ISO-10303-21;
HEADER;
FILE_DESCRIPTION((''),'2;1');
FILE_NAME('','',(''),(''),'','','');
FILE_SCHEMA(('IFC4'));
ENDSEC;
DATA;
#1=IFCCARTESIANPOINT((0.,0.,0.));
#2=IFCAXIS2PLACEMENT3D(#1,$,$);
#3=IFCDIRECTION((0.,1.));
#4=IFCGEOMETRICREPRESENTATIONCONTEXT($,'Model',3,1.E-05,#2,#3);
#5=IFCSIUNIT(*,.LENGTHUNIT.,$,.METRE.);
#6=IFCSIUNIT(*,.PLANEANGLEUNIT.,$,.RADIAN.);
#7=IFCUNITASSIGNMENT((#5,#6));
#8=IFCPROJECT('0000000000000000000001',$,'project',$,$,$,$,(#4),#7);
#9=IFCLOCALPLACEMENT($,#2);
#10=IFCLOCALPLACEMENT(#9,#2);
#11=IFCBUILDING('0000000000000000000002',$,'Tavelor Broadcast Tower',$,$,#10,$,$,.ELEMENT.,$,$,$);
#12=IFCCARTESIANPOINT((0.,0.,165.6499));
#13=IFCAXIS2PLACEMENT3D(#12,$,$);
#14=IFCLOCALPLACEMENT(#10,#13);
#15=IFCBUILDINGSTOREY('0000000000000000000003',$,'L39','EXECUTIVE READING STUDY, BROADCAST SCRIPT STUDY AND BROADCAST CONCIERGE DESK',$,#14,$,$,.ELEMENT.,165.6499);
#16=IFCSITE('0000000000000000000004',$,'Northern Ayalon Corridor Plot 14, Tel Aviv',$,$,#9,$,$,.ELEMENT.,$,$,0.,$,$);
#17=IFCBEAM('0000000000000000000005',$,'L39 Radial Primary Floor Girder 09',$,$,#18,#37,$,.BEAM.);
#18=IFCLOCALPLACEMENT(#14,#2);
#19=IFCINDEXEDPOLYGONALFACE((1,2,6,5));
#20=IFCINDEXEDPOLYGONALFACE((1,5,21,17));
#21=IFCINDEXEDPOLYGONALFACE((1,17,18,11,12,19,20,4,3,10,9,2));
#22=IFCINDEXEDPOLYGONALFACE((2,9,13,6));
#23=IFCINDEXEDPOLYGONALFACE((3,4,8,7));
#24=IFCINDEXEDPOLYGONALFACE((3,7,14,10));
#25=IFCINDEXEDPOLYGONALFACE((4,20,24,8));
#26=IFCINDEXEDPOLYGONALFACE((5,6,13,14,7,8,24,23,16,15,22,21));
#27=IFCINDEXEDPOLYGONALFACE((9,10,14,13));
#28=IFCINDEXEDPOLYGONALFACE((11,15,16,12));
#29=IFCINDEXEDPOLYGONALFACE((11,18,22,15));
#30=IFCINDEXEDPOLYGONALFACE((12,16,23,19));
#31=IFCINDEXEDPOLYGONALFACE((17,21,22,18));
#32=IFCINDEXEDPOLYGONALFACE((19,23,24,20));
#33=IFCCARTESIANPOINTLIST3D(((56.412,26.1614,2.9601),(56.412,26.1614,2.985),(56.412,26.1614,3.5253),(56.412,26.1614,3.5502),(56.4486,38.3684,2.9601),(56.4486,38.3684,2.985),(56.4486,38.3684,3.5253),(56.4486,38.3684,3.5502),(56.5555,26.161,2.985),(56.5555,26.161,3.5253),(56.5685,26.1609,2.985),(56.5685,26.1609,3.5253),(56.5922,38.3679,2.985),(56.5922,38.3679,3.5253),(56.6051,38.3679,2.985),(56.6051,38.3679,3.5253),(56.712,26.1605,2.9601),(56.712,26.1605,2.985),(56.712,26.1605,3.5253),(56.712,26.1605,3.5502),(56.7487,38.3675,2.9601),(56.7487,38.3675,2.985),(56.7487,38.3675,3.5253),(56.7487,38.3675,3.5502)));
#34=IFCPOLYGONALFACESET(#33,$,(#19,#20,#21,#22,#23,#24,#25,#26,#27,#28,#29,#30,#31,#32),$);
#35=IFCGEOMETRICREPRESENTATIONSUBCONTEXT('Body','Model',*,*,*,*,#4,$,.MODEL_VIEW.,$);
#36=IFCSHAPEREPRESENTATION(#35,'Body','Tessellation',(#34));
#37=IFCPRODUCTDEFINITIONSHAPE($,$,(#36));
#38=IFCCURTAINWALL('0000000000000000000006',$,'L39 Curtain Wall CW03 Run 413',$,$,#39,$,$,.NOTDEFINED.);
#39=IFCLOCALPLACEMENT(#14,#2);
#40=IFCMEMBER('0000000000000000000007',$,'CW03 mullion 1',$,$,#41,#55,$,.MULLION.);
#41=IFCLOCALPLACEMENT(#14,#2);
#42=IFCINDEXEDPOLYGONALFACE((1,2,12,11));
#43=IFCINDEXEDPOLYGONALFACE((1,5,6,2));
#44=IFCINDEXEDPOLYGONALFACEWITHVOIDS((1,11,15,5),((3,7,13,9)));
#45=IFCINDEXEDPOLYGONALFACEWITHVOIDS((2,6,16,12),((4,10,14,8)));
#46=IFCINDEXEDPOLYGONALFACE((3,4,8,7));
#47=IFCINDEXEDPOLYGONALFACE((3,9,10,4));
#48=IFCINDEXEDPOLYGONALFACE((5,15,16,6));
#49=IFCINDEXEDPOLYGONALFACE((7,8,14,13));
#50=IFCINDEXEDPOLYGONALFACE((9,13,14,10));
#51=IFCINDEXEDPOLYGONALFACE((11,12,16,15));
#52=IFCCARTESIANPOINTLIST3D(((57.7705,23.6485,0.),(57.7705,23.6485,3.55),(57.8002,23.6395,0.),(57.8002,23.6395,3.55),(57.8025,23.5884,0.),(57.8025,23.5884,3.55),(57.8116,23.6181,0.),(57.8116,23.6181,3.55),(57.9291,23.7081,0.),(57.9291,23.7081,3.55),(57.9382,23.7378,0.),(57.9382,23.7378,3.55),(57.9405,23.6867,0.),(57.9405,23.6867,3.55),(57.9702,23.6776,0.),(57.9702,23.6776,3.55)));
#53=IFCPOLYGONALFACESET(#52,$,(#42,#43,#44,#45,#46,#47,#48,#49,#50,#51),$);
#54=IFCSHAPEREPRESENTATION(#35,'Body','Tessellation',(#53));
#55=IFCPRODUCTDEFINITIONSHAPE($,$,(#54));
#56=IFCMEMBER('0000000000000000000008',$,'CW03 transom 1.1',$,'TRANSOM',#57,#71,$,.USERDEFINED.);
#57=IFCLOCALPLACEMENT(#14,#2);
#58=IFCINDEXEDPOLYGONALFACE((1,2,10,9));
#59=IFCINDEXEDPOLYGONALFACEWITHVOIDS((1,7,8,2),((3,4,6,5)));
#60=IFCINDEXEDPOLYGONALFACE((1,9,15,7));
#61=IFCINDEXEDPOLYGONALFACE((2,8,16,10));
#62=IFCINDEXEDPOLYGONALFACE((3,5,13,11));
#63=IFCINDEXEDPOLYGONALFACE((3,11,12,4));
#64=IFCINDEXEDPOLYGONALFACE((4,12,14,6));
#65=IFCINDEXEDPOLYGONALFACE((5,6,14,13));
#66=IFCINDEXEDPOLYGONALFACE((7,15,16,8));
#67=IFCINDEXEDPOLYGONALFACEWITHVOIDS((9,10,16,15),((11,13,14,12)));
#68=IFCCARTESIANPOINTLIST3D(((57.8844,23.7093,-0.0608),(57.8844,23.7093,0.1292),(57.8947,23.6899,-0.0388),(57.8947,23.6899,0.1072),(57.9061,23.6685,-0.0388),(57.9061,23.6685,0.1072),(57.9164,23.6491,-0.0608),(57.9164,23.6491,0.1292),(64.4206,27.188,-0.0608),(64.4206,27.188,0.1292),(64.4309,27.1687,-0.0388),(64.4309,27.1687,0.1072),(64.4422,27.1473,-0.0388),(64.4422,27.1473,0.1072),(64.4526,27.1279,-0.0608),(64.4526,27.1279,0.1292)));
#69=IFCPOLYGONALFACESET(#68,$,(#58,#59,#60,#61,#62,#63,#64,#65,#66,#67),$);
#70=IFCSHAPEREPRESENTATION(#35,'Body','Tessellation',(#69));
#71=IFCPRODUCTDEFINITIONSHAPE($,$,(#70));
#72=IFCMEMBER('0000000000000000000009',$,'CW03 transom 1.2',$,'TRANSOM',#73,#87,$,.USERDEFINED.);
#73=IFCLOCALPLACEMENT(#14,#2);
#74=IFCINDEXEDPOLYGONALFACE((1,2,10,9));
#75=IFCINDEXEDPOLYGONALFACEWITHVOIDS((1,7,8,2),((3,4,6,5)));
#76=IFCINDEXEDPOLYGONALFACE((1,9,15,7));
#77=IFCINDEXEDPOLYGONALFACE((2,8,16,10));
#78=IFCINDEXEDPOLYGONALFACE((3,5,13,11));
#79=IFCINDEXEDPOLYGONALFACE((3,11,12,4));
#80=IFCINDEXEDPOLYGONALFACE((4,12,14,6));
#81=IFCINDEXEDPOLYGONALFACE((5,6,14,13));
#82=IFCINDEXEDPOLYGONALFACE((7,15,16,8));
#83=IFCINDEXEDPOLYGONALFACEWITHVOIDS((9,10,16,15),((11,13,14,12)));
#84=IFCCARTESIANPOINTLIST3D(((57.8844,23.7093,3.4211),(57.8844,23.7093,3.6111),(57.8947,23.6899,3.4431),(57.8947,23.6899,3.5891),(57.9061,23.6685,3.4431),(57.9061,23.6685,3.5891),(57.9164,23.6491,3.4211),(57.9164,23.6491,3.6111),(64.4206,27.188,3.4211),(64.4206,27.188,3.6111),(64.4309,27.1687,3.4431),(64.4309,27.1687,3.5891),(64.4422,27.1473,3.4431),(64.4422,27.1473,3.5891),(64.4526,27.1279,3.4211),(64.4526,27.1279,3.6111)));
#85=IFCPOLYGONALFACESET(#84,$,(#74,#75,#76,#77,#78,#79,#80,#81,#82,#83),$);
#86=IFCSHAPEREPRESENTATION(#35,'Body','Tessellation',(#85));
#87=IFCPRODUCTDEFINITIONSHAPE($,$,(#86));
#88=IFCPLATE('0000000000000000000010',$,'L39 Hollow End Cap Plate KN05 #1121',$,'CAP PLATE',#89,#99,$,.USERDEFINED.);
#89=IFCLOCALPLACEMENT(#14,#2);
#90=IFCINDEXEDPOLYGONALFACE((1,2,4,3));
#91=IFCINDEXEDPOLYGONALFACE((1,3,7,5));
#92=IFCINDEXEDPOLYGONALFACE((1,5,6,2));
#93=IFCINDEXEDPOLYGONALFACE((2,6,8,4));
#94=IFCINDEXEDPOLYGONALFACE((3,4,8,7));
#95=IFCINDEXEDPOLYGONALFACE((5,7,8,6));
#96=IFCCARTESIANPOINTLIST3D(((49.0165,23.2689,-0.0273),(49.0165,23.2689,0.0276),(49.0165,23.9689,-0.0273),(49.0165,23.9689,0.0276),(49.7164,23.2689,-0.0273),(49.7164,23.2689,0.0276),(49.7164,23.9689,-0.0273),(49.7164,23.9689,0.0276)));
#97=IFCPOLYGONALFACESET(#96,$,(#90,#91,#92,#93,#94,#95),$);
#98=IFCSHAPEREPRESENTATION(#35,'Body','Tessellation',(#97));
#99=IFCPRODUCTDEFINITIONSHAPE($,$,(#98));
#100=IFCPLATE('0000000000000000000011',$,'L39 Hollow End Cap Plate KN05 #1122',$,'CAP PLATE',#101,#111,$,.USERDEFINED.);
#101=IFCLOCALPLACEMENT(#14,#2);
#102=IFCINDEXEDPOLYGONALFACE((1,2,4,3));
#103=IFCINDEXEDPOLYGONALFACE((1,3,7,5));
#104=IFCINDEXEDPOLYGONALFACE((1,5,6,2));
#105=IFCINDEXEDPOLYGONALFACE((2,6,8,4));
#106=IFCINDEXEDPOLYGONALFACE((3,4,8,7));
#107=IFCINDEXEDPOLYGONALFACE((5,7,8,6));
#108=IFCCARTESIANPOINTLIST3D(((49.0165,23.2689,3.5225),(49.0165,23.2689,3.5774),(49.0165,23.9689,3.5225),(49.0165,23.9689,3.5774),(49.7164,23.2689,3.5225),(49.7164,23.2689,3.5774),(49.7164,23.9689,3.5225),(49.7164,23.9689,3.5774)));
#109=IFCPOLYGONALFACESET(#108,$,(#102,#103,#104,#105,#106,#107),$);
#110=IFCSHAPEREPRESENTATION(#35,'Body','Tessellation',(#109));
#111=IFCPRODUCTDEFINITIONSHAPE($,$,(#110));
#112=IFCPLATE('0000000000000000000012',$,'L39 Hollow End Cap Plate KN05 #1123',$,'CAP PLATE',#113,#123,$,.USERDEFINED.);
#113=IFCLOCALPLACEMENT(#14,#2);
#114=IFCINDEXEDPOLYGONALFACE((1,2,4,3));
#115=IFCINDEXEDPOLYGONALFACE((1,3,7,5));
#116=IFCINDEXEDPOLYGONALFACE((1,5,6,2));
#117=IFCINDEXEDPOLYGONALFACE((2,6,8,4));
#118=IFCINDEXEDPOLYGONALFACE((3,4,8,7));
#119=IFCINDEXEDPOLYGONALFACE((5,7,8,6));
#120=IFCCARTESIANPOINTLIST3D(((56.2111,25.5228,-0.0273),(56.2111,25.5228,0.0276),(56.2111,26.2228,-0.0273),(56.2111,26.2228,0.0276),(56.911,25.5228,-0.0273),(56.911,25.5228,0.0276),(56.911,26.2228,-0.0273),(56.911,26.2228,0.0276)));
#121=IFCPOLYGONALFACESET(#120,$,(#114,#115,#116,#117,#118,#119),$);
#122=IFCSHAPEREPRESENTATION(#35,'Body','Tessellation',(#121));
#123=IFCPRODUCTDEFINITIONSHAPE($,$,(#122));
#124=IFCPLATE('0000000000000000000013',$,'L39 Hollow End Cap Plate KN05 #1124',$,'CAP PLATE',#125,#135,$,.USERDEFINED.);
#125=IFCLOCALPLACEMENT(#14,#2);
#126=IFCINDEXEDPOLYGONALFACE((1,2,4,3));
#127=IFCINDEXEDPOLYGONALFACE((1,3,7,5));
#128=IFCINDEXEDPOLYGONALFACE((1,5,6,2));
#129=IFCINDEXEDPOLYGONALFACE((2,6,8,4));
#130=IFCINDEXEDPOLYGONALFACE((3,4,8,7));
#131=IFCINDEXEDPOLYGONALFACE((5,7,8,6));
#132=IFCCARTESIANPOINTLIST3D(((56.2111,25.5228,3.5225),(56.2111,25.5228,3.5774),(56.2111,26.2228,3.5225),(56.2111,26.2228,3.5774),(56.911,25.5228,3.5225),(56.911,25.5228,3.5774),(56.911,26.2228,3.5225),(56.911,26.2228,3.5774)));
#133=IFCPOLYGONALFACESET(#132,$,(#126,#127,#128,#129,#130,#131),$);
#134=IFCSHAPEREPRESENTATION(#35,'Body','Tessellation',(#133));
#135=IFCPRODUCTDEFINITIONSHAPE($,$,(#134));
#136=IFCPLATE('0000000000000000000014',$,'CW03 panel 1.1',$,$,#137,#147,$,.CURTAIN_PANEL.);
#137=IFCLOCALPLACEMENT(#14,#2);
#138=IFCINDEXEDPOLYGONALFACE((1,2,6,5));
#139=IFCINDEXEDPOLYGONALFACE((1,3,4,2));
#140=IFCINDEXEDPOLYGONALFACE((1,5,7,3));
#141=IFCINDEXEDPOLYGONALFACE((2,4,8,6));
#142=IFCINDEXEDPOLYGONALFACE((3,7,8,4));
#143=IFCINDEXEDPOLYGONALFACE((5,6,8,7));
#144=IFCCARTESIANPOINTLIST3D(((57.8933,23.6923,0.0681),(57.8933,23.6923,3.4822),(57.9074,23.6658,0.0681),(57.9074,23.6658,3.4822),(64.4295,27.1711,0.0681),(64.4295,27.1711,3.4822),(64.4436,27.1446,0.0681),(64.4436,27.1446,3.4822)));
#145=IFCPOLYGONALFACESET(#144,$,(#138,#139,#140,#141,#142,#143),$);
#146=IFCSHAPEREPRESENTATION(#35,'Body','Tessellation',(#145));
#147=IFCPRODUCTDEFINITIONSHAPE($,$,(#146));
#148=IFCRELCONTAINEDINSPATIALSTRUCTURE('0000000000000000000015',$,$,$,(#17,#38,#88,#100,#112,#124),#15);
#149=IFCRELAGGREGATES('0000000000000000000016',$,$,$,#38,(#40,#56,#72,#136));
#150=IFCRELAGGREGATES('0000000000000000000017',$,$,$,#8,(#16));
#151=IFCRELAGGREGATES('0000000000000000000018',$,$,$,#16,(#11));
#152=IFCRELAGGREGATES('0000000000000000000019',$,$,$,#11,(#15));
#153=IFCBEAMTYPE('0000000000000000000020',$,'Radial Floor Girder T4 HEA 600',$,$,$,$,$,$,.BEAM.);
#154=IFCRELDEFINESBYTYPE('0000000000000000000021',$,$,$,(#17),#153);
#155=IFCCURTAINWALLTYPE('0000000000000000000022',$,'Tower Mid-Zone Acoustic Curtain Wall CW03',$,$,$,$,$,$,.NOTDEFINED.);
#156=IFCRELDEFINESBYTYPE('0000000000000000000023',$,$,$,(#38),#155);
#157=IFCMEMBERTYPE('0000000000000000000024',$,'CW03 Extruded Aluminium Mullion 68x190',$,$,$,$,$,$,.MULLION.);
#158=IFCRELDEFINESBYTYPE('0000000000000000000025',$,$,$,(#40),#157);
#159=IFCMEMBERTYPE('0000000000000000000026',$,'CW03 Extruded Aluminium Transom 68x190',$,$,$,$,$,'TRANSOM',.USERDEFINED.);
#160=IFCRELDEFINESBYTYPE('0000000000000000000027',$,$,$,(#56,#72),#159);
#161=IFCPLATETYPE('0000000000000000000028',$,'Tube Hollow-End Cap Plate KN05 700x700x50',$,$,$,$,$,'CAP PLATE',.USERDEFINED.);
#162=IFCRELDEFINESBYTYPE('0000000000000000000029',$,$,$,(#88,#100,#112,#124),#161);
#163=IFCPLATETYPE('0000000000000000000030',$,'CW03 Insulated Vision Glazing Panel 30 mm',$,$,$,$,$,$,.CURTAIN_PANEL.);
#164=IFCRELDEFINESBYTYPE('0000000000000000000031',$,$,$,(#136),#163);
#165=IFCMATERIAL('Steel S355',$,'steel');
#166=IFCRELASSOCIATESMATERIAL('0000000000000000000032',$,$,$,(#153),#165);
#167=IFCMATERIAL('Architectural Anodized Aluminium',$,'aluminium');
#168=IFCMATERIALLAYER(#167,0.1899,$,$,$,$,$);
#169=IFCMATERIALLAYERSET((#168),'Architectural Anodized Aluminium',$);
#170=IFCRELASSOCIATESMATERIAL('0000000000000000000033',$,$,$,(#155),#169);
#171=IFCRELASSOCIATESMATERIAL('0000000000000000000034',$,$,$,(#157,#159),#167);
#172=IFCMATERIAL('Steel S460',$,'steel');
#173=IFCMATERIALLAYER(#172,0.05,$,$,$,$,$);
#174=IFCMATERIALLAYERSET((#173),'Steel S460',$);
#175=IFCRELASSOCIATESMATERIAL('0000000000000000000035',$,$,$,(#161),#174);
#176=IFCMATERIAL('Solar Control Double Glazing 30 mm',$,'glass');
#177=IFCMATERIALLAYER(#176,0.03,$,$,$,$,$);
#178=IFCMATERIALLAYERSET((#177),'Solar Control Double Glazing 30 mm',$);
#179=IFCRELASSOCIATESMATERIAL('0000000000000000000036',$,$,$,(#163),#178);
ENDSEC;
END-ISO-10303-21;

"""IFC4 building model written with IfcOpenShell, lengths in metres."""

from ifc_helpers import new_model, si_unit, direction, frame, origin, origin_2d, place, context, subcontext, project, spatial, rectangle, hollow_rectangle, i_section, extrude, source, transform, mapped, material, layer, layer_set, material_profile, profile_set, type_object, type_shapes, element, aggregate, save


model = new_model("IFC4")

# Units and contexts
model_context = context("Model", 3, precision=1e-05, world=origin(), true_north=direction((0.0, 1.0)))
body_context = subcontext(model_context, "Body", "Model", "MODEL_VIEW")
ifc_project = project(units=[si_unit("LENGTHUNIT", "METRE"), si_unit("PLANEANGLEUNIT", "RADIAN")], contexts=[model_context])

# Site, building, storey
site_placement = place(None, origin())
site = spatial("IfcSite", under=ifc_project, at=site_placement, Name="Northern Ayalon Corridor Plot 14, Tel Aviv", CompositionType="ELEMENT", RefElevation=0.0)
building_placement = place(site_placement, origin())
building = spatial("IfcBuilding", under=site, at=building_placement, Name="Tavelor Broadcast Tower", CompositionType="ELEMENT")
storey_placement = place(building_placement, frame((0.0, 0.0, 165.6499)))
storey = spatial("IfcBuildingStorey", under=building, at=storey_placement, Name="L39", Description="EXECUTIVE READING STUDY, BROADCAST SCRIPT STUDY AND BROADCAST CONCIERGE DESK", CompositionType="ELEMENT", Elevation=165.6499)

# Shared definitions
ifc_material_1 = material(Name="Steel S460", Category="steel")

# Shared definitions
ifc_material_2 = material(Name="Steel S355", Category="steel")

# Beam
ifc_material_profile_1 = material_profile(ifc_material_2, i_section(OverallWidth=0.3, OverallDepth=0.5901, WebThickness=0.0129, FlangeThickness=0.0249, at=origin_2d()), Name="HEA 600")
ifc_profile_set_1 = profile_set([ifc_material_profile_1], Name="Steel S355")
beam_type_1 = type_object("IfcBeamType", Name="Radial Floor Girder T4 HEA 600", PredefinedType="BEAM", material=ifc_profile_set_1)
beam_1_placement = place(storey_placement, frame((56.5986, 38.3679, 3.2551), z_axis=(-0.003, -0.999996, 0.0), x_axis=(0.999996, -0.003, 0.0)))
element("IfcBeam", 1, at=beam_1_placement, inside=storey, type_object=beam_type_1, Name="L39 Radial Primary Floor Girder 09", PredefinedType="BEAM", context=body_context, shape_type="SweptSolid", body=[
    extrude(i_section(OverallWidth=0.3, OverallDepth=0.5901, WebThickness=0.0129, FlangeThickness=0.0249, at=origin_2d()), origin(), (0.0, 0.0, 1.0), 12.207),
])

# Curtain wall, members
ifc_material_3 = material(Name="Architectural Anodized Aluminium", Category="aluminium")
ifc_layer_1 = layer(ifc_material_3, 0.1899)
ifc_layer_set_1 = layer_set([ifc_layer_1], Name="Architectural Anodized Aluminium")
curtain_wall_type = type_object("IfcCurtainWallType", Name="Tower Mid-Zone Acoustic Curtain Wall CW03", PredefinedType="NOTDEFINED", material=ifc_layer_set_1)
curtain_wall_placement = place(storey_placement, origin())
curtain_wall = element("IfcCurtainWall", 2, at=curtain_wall_placement, inside=storey, type_object=curtain_wall_type, Name="L39 Curtain Wall CW03 Run 413", PredefinedType="NOTDEFINED")
ifc_material_profile_2 = material_profile(ifc_material_3, hollow_rectangle(XDim=0.0681, YDim=0.1899, WallThickness=0.022, at=origin_2d()), Name="RHS 68x190x22")
ifc_profile_set_2 = profile_set([ifc_material_profile_2], Name="Architectural Anodized Aluminium")
member_type_1 = type_object("IfcMemberType", Name="CW03 Extruded Aluminium Mullion 68x190", PredefinedType="MULLION", material=ifc_profile_set_2)
shared_shape_1 = source(origin(), body_context, "Body", "SweptSolid", [
    extrude(hollow_rectangle(XDim=0.0681, YDim=0.1899, WallThickness=0.022, at=origin_2d()), origin(), (0.0, 0.0, 1.0), 3.55),
])
type_shapes(member_type_1, [shared_shape_1])
member_1_placement = place(storey_placement, frame((57.8704, 23.6631, 0.0), z_axis=(0.0, 0.0, 1.0), x_axis=(-0.469837, 0.882753, 0.0)))
member_1 = element("IfcMember", 3, at=member_1_placement, type_object=member_type_1, Name="CW03 mullion 1", PredefinedType="MULLION", context=body_context, shape_type="MappedRepresentation", body=[
    mapped(shared_shape_1, transform((0.0, 0.0, 0.0), scale=1.0)),
])
ifc_material_profile_3 = material_profile(ifc_material_3, hollow_rectangle(XDim=0.0681, YDim=0.1899, WallThickness=0.022, at=origin_2d()), Name="RHS 68x190x22")
ifc_profile_set_3 = profile_set([ifc_material_profile_3], Name="Architectural Anodized Aluminium")
member_type_2 = type_object("IfcMemberType", Name="CW03 Extruded Aluminium Transom 68x190", ElementType="TRANSOM", PredefinedType="USERDEFINED", material=ifc_profile_set_3)
shared_shape_2 = source(origin(), body_context, "Body", "SweptSolid", [
    extrude(hollow_rectangle(XDim=0.0681, YDim=0.1899, WallThickness=0.022, at=origin_2d()), origin(), (0.0, 0.0, 1.0), 7.4043),
])
type_shapes(member_type_2, [shared_shape_2])
member_2_placement = place(storey_placement, frame((57.9004, 23.6792, 0.0342), z_axis=(0.882755, 0.469833, 0.0), x_axis=(-0.469833, 0.882755, 0.0)))
member_2 = element("IfcMember", 4, at=member_2_placement, type_object=member_type_2, Name="CW03 transom 1.1", ObjectType="TRANSOM", PredefinedType="USERDEFINED", context=body_context, shape_type="MappedRepresentation", body=[
    mapped(shared_shape_2, transform((0.0, 0.0, 0.0), scale=1.0)),
])
member_3_placement = place(storey_placement, frame((57.9004, 23.6792, 3.5161), z_axis=(0.882755, 0.469833, 0.0), x_axis=(-0.469833, 0.882755, 0.0)))
member_3 = element("IfcMember", 5, at=member_3_placement, type_object=member_type_2, Name="CW03 transom 1.2", ObjectType="TRANSOM", PredefinedType="USERDEFINED", context=body_context, shape_type="MappedRepresentation", body=[
    mapped(shared_shape_2, transform((0.0, 0.0, 0.0), scale=1.0)),
])

# Plates
ifc_layer_2 = layer(ifc_material_1, 0.05)
ifc_layer_set_2 = layer_set([ifc_layer_2], Name="Steel S460")
plate_type_1 = type_object("IfcPlateType", Name="Tube Hollow-End Cap Plate KN05 700x700x50", ElementType="CAP PLATE", PredefinedType="USERDEFINED", material=ifc_layer_set_2)
shared_shape_3 = source(origin(), body_context, "Body", "SweptSolid", [
    extrude(rectangle(XDim=0.7, YDim=0.7, at=origin_2d()), origin(), (0.0, 0.0, 1.0), 0.0549),
])
type_shapes(plate_type_1, [shared_shape_3])
for number, where, z_axis, x_axis, name in (
    (6, (49.3665, 23.6189, -0.0273), (0.0, 0.0, 1.0), (1.0, 0.0, 0.0), "L39 Hollow End Cap Plate KN05 #1121"),
    (7, (49.3665, 23.6189, 3.5225), (0.0, 0.0, 1.0), (1.0, 0.0, 0.0), "L39 Hollow End Cap Plate KN05 #1122"),
    (8, (56.561, 25.8728, -0.0273), (0.0, 0.0, 1.0), (1.0, 0.0, 0.0), "L39 Hollow End Cap Plate KN05 #1123"),
    (9, (56.561, 25.8728, 3.5225), (0.0, 0.0, 1.0), (1.0, 0.0, 0.0), "L39 Hollow End Cap Plate KN05 #1124"),
):
    element("IfcPlate", number, at=place(storey_placement, frame(where, z_axis=z_axis, x_axis=x_axis)), inside=storey, type_object=plate_type_1, Name=name, ObjectType="CAP PLATE", PredefinedType="USERDEFINED", context=body_context, shape_type="MappedRepresentation", body=[
        mapped(shared_shape_3, transform((0.0, 0.0, 0.0), scale=1.0)),
    ])

# Plate
ifc_material_4 = material(Name="Solar Control Double Glazing 30 mm", Category="glass")
ifc_layer_3 = layer(ifc_material_4, 0.03)
ifc_layer_set_3 = layer_set([ifc_layer_3], Name="Solar Control Double Glazing 30 mm")
plate_type_2 = type_object("IfcPlateType", Name="CW03 Insulated Vision Glazing Panel 30 mm", PredefinedType="CURTAIN_PANEL", material=ifc_layer_set_3)
shared_shape_4 = source(origin(), body_context, "Body", "SweptSolid", [
    extrude(rectangle(XDim=7.4043, YDim=0.03, at=origin_2d()), origin(), (0.0, 0.0, 1.0), 3.4141),
])
type_shapes(plate_type_2, [shared_shape_4])
plate_placement = place(storey_placement, frame((61.1685, 25.4185, 0.0681), z_axis=(0.0, 0.0, 1.0), x_axis=(0.882753, 0.469837, 0.0)))
plate = element("IfcPlate", 10, at=plate_placement, type_object=plate_type_2, Name="CW03 panel 1.1", PredefinedType="CURTAIN_PANEL", context=body_context, shape_type="MappedRepresentation", body=[
    mapped(shared_shape_4, transform((0.0, 0.0, 0.0), scale=1.0)),
])
aggregate(curtain_wall, [member_1, member_2, member_3, plate])

save(model, "model.ifc")
